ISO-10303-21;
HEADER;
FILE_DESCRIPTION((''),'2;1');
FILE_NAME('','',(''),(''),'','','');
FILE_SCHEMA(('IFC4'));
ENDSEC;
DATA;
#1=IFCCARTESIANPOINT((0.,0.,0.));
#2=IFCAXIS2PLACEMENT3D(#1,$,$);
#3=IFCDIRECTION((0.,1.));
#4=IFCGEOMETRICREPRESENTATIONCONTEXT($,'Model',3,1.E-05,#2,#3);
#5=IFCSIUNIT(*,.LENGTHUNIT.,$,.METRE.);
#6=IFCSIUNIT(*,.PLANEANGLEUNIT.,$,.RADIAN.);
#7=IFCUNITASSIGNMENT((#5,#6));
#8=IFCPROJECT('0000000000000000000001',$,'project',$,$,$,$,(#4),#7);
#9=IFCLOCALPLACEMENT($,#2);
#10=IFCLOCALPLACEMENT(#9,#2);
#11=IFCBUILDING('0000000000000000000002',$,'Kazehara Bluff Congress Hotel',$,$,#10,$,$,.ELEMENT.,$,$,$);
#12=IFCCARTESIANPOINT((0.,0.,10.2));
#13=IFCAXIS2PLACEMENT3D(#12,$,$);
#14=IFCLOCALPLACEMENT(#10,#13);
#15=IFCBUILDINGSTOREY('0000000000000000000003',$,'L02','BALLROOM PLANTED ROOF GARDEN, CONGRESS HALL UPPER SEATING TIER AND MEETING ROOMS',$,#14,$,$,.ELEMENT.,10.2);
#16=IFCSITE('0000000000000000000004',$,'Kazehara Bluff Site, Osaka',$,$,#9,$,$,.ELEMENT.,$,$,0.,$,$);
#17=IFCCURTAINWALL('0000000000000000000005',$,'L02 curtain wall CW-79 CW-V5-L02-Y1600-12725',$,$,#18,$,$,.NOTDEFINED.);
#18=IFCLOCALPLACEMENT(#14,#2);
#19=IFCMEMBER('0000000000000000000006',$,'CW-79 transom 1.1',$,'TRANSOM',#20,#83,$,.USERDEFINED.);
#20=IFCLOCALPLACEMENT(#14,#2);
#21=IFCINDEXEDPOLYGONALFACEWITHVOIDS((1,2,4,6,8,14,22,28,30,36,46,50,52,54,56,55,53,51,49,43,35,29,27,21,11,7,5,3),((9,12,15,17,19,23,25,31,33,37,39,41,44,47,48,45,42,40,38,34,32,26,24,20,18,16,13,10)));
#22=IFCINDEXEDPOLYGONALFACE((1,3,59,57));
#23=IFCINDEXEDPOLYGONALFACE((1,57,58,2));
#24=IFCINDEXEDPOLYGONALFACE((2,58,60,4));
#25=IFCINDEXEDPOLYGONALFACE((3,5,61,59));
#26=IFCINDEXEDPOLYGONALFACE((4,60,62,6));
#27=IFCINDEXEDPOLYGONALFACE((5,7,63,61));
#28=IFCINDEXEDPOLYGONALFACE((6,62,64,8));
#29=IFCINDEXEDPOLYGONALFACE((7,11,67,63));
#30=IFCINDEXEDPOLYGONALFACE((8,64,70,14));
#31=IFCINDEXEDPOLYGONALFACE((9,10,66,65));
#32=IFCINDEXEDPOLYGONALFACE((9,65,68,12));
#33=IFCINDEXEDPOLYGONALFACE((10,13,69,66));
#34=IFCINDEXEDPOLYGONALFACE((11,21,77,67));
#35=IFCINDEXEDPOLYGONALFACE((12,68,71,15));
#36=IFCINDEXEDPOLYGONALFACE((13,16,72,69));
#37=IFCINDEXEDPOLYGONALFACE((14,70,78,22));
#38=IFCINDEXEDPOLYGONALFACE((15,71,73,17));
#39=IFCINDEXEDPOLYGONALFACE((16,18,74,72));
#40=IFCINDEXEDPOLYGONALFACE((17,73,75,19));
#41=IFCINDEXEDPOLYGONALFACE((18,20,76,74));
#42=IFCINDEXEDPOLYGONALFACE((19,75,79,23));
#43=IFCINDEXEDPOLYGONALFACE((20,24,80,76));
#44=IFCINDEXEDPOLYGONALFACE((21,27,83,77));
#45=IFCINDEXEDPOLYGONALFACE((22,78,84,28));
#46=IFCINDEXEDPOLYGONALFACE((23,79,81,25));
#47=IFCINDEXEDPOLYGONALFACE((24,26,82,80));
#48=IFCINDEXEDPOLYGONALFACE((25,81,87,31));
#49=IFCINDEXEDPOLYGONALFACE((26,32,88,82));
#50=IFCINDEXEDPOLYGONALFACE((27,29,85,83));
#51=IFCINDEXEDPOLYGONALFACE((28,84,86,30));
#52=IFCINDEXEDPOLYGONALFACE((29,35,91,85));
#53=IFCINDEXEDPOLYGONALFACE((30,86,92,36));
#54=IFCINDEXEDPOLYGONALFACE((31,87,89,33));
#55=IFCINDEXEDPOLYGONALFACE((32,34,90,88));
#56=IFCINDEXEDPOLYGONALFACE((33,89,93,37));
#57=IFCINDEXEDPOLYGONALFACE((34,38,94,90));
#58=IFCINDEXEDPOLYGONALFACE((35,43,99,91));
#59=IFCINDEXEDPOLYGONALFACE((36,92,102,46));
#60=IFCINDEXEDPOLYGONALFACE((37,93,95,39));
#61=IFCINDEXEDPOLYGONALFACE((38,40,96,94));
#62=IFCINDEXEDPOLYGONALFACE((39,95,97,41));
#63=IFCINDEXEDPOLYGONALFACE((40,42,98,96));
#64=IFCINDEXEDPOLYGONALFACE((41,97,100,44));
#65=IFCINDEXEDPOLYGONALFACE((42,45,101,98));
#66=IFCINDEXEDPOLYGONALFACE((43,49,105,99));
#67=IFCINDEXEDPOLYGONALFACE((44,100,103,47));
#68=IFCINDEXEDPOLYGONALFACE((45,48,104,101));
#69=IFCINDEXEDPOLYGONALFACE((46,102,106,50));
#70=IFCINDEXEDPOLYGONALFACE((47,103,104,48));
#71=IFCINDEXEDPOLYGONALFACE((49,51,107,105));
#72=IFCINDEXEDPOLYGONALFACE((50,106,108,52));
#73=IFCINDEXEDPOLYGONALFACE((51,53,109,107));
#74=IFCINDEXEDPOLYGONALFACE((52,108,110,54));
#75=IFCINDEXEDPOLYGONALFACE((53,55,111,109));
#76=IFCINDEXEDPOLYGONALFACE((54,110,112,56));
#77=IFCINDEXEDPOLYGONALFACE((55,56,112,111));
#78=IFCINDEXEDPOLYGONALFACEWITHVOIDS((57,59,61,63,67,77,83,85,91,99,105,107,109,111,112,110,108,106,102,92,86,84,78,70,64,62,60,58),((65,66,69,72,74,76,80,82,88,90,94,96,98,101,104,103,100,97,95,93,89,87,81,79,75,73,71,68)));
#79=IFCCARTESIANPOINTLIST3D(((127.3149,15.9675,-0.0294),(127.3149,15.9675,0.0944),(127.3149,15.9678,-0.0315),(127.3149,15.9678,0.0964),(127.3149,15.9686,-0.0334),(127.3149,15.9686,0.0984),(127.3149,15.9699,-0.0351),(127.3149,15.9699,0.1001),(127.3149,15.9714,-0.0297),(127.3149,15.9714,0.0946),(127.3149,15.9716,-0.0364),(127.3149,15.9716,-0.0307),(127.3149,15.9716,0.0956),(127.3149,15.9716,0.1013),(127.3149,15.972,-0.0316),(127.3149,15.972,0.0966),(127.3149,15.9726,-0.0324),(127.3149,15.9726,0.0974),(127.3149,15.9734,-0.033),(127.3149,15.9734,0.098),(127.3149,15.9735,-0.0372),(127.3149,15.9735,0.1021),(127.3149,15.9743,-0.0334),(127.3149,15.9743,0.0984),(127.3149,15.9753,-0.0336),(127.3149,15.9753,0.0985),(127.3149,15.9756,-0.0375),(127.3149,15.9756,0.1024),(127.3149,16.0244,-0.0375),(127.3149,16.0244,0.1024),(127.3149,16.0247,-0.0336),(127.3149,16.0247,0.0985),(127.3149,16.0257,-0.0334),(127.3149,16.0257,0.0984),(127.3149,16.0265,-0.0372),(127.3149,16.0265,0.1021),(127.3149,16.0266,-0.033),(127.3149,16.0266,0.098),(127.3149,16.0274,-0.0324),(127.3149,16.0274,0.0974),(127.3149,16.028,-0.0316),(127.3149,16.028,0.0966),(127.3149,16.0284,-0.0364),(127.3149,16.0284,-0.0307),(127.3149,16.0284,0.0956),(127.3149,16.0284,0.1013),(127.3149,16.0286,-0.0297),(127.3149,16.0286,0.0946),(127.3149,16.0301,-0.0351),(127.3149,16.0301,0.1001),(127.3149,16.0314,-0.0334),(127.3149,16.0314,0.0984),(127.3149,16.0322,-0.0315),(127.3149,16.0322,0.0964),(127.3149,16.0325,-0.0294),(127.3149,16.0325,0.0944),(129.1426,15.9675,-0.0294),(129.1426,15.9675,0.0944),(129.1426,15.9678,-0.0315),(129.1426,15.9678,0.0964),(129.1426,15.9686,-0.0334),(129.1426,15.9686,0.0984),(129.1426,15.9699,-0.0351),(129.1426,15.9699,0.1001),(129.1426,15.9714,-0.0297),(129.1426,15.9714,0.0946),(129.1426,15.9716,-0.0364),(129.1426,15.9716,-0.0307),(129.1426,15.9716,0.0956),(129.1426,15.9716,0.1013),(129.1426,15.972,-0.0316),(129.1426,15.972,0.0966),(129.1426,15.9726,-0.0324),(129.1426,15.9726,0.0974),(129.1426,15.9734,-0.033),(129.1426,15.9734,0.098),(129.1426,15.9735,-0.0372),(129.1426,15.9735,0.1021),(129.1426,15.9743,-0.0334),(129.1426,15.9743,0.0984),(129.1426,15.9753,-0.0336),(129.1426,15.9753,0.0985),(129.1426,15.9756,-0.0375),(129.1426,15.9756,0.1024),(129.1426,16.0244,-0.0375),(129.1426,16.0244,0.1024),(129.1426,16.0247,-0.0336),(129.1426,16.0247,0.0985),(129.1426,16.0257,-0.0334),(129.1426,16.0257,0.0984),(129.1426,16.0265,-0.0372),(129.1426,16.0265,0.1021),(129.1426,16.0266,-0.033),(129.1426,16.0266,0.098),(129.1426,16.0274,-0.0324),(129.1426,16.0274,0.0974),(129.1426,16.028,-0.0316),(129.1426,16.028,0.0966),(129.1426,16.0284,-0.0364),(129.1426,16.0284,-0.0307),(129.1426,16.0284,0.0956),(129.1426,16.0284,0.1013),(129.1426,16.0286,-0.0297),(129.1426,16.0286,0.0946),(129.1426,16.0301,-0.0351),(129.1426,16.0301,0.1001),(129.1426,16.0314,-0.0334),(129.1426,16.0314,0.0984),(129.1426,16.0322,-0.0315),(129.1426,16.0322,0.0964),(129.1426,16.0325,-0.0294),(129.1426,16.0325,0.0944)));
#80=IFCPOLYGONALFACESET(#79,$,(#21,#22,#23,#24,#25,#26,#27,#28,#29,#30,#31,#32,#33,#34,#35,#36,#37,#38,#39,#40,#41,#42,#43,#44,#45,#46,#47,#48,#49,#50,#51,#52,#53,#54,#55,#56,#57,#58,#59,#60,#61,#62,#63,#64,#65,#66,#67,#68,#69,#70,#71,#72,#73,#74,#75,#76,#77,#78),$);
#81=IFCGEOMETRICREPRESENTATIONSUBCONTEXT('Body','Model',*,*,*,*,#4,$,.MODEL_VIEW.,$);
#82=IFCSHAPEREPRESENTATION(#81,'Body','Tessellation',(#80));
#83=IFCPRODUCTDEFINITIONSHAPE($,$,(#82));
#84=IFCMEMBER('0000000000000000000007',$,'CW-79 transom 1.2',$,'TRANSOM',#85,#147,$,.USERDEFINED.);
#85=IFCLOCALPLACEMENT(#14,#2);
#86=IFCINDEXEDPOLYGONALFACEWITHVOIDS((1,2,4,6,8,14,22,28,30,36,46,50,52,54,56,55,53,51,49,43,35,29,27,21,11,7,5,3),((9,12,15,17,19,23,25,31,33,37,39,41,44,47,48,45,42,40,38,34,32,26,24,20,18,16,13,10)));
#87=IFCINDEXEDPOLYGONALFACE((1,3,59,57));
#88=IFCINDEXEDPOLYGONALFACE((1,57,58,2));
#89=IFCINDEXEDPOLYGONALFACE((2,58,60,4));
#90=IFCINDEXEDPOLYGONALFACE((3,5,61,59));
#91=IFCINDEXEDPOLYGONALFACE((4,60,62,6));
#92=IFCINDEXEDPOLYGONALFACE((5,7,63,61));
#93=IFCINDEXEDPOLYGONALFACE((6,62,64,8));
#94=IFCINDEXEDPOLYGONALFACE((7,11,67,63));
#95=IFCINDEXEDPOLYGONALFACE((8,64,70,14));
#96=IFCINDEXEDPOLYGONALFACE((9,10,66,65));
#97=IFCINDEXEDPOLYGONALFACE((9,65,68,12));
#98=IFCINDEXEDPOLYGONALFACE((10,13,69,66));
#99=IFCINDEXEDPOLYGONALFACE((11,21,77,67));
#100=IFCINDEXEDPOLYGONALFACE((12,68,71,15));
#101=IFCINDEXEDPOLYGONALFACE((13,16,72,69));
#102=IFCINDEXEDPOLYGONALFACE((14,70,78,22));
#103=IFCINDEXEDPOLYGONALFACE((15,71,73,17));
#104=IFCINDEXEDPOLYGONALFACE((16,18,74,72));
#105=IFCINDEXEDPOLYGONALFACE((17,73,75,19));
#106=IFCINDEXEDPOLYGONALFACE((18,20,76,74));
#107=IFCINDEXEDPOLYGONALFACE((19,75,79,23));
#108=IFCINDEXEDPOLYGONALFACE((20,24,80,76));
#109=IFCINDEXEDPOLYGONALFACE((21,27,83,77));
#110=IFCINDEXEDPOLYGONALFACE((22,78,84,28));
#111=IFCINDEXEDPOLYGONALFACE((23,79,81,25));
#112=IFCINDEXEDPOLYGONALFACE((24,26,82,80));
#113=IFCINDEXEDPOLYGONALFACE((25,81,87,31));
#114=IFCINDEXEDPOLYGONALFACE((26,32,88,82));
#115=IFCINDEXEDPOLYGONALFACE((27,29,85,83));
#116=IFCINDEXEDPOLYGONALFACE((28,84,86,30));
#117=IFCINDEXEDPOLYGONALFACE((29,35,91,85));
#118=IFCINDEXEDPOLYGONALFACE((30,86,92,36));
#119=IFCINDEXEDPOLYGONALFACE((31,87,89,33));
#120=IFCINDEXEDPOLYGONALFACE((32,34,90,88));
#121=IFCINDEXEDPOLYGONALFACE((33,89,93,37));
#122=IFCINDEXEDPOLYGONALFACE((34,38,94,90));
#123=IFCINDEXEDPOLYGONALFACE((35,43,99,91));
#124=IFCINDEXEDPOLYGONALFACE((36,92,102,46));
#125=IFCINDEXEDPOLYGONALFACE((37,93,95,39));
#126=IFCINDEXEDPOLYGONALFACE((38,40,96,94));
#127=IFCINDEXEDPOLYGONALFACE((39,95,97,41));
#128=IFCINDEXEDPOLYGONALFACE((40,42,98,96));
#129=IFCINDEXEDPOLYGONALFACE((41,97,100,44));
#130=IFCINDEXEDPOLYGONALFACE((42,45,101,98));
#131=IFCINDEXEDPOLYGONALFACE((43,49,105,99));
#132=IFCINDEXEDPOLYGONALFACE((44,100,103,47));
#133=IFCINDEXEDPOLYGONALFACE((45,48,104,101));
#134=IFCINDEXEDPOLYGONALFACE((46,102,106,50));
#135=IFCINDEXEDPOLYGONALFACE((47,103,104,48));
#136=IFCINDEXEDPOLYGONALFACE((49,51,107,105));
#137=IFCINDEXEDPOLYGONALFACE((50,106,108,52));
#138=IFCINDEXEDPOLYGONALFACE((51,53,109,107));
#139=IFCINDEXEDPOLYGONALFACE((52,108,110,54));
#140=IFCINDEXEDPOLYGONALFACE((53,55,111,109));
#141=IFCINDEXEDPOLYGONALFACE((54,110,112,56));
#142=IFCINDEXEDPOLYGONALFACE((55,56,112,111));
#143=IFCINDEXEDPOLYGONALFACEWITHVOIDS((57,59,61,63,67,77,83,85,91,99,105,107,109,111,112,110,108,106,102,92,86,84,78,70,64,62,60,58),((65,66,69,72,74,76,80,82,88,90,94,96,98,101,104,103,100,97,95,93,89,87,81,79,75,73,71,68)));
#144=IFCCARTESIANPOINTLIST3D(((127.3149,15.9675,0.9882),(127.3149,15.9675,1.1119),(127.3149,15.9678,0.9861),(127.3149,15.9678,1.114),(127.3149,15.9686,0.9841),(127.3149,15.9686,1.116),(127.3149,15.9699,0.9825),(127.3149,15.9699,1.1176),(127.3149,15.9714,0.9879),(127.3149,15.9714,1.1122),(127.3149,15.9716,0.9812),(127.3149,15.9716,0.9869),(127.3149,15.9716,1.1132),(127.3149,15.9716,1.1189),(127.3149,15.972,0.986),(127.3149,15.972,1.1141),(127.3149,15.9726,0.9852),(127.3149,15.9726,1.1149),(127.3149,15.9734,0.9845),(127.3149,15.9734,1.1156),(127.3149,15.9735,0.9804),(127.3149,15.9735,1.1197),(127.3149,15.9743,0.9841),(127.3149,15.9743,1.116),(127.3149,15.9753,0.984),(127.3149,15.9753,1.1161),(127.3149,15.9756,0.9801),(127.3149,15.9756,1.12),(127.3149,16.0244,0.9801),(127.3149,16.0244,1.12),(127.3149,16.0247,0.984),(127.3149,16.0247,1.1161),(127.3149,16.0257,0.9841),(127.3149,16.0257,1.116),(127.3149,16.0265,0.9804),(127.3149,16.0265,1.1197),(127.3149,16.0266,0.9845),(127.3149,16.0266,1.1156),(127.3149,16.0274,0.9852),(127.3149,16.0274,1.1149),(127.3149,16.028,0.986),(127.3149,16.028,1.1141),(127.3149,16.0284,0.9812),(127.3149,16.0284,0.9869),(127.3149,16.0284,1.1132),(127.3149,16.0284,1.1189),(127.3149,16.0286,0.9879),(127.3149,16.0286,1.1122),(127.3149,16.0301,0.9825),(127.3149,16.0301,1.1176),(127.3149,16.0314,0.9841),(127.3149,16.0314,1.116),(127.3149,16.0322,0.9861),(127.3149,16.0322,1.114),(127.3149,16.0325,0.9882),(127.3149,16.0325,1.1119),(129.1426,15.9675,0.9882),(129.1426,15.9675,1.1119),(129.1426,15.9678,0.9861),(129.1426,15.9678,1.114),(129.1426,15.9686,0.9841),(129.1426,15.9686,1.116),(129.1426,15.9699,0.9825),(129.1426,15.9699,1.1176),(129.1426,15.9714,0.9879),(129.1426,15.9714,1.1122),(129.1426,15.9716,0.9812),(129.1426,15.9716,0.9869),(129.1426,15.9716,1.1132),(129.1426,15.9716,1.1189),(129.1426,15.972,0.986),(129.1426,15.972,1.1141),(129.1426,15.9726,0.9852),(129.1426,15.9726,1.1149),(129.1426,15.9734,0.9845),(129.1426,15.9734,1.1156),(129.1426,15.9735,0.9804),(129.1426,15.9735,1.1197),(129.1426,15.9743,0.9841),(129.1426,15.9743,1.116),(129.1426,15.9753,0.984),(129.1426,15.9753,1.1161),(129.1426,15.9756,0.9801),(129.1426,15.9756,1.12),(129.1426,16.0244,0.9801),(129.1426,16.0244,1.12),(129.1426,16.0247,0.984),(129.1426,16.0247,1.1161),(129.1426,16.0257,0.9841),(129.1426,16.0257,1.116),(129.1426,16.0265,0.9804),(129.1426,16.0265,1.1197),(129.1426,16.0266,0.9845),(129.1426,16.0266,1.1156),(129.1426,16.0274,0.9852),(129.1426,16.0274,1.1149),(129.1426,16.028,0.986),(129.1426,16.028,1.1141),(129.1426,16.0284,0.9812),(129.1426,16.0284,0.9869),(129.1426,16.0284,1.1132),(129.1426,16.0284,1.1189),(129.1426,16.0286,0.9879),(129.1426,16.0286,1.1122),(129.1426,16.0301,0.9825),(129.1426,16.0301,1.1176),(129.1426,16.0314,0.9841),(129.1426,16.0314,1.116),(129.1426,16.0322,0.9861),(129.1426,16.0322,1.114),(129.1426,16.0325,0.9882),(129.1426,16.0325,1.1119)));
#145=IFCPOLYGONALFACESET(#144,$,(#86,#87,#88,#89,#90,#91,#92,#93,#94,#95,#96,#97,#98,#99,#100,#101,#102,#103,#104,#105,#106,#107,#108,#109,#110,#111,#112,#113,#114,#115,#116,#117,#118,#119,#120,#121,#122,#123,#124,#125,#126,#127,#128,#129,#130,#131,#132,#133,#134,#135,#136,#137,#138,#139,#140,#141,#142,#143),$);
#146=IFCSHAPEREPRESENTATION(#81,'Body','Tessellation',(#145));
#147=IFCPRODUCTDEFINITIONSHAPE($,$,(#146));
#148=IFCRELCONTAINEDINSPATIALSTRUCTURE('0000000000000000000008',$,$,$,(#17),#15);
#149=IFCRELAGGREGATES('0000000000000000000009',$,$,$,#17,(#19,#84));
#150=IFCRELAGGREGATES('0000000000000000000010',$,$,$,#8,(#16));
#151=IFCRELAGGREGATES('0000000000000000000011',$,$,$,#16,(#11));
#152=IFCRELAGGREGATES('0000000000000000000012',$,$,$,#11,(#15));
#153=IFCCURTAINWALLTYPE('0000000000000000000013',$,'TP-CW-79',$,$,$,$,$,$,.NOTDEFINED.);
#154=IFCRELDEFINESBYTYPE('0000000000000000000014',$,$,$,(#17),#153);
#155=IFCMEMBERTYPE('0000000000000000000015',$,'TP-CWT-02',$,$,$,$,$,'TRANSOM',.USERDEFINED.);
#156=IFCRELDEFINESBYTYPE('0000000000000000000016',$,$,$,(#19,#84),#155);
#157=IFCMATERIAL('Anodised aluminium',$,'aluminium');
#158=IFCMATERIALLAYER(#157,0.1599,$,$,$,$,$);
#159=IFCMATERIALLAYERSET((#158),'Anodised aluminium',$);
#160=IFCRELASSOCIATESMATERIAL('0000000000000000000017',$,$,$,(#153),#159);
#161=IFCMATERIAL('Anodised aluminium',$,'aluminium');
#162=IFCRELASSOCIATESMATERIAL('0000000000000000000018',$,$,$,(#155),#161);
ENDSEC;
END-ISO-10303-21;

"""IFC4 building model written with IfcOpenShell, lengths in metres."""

from ifc_helpers import new_model, si_unit, direction, frame, origin, origin_2d, place, context, subcontext, project, spatial, hollow_rectangle, extrude, material, layer, layer_set, material_profile, profile_set, type_object, element, aggregate, save


model = new_model("IFC4")

# Units and contexts
model_context = context("Model", 3, precision=1e-05, world=origin(), true_north=direction((0.0, 1.0)))
body_context = subcontext(model_context, "Body", "Model", "MODEL_VIEW")
ifc_project = project(units=[si_unit("LENGTHUNIT", "METRE"), si_unit("PLANEANGLEUNIT", "RADIAN")], contexts=[model_context])

# Site, building, storey
site_placement = place(None, origin())
site = spatial("IfcSite", under=ifc_project, at=site_placement, Name="Kazehara Bluff Site, Osaka", CompositionType="ELEMENT", RefElevation=0.0)
building_placement = place(site_placement, origin())
building = spatial("IfcBuilding", under=site, at=building_placement, Name="Kazehara Bluff Congress Hotel", CompositionType="ELEMENT")
storey_placement = place(building_placement, frame((0.0, 0.0, 10.2)))
storey = spatial("IfcBuildingStorey", under=building, at=storey_placement, Name="L02", Description="BALLROOM PLANTED ROOF GARDEN, CONGRESS HALL UPPER SEATING TIER AND MEETING ROOMS", CompositionType="ELEMENT", Elevation=10.2)

# Curtain wall
ifc_material_1 = material(Name="Anodised aluminium", Category="aluminium")
ifc_layer_1 = layer(ifc_material_1, 0.1599)
ifc_layer_set_1 = layer_set([ifc_layer_1], Name="Anodised aluminium")
curtain_wall_type = type_object("IfcCurtainWallType", Name="TP-CW-79", PredefinedType="NOTDEFINED", material=ifc_layer_set_1)
curtain_wall_1_placement = place(storey_placement, origin())
curtain_wall_1 = element("IfcCurtainWall", 1, at=curtain_wall_1_placement, inside=storey, type_object=curtain_wall_type, Name="L02 curtain wall CW-79 CW-V5-L02-Y1600-12725", PredefinedType="NOTDEFINED")

# Members
ifc_material_2 = material(Name="Anodised aluminium", Category="aluminium")
ifc_material_profile_1 = material_profile(ifc_material_2, hollow_rectangle(XDim=0.0649, YDim=0.1399, WallThickness=0.0039, InnerFilletRadius=0.0039, OuterFilletRadius=0.0081, at=origin_2d()))
ifc_profile_set_1 = profile_set([ifc_material_profile_1], Name="Anodised aluminium")
member_type_1 = type_object("IfcMemberType", Name="TP-CWT-02", ElementType="TRANSOM", PredefinedType="USERDEFINED", material=ifc_profile_set_1)
member_1_placement = place(storey_placement, frame((127.3149, 16.0, 0.0325), z_axis=(1.0, 0.0, 0.0), x_axis=(0.0, 1.0, 0.0)))
member_1 = element("IfcMember", 2, at=member_1_placement, type_object=member_type_1, Name="CW-79 transom 1.1", ObjectType="TRANSOM", PredefinedType="USERDEFINED", context=body_context, shape_type="SweptSolid", body=[
    extrude(hollow_rectangle(XDim=0.0649, YDim=0.1399, WallThickness=0.0039, InnerFilletRadius=0.0039, OuterFilletRadius=0.0081, at=origin_2d()), origin(), (0.0, 0.0, 1.0), 1.8276),
])
member_2_placement = place(storey_placement, frame((127.3149, 16.0, 1.05), z_axis=(1.0, 0.0, 0.0), x_axis=(0.0, 1.0, 0.0)))
member_2 = element("IfcMember", 3, at=member_2_placement, type_object=member_type_1, Name="CW-79 transom 1.2", ObjectType="TRANSOM", PredefinedType="USERDEFINED", context=body_context, shape_type="SweptSolid", body=[
    extrude(hollow_rectangle(XDim=0.0649, YDim=0.1399, WallThickness=0.0039, InnerFilletRadius=0.0039, OuterFilletRadius=0.0081, at=origin_2d()), origin(), (0.0, 0.0, 1.0), 1.8276),
])

aggregate(curtain_wall_1, [member_1, member_2])

save(model, "model.ifc")
